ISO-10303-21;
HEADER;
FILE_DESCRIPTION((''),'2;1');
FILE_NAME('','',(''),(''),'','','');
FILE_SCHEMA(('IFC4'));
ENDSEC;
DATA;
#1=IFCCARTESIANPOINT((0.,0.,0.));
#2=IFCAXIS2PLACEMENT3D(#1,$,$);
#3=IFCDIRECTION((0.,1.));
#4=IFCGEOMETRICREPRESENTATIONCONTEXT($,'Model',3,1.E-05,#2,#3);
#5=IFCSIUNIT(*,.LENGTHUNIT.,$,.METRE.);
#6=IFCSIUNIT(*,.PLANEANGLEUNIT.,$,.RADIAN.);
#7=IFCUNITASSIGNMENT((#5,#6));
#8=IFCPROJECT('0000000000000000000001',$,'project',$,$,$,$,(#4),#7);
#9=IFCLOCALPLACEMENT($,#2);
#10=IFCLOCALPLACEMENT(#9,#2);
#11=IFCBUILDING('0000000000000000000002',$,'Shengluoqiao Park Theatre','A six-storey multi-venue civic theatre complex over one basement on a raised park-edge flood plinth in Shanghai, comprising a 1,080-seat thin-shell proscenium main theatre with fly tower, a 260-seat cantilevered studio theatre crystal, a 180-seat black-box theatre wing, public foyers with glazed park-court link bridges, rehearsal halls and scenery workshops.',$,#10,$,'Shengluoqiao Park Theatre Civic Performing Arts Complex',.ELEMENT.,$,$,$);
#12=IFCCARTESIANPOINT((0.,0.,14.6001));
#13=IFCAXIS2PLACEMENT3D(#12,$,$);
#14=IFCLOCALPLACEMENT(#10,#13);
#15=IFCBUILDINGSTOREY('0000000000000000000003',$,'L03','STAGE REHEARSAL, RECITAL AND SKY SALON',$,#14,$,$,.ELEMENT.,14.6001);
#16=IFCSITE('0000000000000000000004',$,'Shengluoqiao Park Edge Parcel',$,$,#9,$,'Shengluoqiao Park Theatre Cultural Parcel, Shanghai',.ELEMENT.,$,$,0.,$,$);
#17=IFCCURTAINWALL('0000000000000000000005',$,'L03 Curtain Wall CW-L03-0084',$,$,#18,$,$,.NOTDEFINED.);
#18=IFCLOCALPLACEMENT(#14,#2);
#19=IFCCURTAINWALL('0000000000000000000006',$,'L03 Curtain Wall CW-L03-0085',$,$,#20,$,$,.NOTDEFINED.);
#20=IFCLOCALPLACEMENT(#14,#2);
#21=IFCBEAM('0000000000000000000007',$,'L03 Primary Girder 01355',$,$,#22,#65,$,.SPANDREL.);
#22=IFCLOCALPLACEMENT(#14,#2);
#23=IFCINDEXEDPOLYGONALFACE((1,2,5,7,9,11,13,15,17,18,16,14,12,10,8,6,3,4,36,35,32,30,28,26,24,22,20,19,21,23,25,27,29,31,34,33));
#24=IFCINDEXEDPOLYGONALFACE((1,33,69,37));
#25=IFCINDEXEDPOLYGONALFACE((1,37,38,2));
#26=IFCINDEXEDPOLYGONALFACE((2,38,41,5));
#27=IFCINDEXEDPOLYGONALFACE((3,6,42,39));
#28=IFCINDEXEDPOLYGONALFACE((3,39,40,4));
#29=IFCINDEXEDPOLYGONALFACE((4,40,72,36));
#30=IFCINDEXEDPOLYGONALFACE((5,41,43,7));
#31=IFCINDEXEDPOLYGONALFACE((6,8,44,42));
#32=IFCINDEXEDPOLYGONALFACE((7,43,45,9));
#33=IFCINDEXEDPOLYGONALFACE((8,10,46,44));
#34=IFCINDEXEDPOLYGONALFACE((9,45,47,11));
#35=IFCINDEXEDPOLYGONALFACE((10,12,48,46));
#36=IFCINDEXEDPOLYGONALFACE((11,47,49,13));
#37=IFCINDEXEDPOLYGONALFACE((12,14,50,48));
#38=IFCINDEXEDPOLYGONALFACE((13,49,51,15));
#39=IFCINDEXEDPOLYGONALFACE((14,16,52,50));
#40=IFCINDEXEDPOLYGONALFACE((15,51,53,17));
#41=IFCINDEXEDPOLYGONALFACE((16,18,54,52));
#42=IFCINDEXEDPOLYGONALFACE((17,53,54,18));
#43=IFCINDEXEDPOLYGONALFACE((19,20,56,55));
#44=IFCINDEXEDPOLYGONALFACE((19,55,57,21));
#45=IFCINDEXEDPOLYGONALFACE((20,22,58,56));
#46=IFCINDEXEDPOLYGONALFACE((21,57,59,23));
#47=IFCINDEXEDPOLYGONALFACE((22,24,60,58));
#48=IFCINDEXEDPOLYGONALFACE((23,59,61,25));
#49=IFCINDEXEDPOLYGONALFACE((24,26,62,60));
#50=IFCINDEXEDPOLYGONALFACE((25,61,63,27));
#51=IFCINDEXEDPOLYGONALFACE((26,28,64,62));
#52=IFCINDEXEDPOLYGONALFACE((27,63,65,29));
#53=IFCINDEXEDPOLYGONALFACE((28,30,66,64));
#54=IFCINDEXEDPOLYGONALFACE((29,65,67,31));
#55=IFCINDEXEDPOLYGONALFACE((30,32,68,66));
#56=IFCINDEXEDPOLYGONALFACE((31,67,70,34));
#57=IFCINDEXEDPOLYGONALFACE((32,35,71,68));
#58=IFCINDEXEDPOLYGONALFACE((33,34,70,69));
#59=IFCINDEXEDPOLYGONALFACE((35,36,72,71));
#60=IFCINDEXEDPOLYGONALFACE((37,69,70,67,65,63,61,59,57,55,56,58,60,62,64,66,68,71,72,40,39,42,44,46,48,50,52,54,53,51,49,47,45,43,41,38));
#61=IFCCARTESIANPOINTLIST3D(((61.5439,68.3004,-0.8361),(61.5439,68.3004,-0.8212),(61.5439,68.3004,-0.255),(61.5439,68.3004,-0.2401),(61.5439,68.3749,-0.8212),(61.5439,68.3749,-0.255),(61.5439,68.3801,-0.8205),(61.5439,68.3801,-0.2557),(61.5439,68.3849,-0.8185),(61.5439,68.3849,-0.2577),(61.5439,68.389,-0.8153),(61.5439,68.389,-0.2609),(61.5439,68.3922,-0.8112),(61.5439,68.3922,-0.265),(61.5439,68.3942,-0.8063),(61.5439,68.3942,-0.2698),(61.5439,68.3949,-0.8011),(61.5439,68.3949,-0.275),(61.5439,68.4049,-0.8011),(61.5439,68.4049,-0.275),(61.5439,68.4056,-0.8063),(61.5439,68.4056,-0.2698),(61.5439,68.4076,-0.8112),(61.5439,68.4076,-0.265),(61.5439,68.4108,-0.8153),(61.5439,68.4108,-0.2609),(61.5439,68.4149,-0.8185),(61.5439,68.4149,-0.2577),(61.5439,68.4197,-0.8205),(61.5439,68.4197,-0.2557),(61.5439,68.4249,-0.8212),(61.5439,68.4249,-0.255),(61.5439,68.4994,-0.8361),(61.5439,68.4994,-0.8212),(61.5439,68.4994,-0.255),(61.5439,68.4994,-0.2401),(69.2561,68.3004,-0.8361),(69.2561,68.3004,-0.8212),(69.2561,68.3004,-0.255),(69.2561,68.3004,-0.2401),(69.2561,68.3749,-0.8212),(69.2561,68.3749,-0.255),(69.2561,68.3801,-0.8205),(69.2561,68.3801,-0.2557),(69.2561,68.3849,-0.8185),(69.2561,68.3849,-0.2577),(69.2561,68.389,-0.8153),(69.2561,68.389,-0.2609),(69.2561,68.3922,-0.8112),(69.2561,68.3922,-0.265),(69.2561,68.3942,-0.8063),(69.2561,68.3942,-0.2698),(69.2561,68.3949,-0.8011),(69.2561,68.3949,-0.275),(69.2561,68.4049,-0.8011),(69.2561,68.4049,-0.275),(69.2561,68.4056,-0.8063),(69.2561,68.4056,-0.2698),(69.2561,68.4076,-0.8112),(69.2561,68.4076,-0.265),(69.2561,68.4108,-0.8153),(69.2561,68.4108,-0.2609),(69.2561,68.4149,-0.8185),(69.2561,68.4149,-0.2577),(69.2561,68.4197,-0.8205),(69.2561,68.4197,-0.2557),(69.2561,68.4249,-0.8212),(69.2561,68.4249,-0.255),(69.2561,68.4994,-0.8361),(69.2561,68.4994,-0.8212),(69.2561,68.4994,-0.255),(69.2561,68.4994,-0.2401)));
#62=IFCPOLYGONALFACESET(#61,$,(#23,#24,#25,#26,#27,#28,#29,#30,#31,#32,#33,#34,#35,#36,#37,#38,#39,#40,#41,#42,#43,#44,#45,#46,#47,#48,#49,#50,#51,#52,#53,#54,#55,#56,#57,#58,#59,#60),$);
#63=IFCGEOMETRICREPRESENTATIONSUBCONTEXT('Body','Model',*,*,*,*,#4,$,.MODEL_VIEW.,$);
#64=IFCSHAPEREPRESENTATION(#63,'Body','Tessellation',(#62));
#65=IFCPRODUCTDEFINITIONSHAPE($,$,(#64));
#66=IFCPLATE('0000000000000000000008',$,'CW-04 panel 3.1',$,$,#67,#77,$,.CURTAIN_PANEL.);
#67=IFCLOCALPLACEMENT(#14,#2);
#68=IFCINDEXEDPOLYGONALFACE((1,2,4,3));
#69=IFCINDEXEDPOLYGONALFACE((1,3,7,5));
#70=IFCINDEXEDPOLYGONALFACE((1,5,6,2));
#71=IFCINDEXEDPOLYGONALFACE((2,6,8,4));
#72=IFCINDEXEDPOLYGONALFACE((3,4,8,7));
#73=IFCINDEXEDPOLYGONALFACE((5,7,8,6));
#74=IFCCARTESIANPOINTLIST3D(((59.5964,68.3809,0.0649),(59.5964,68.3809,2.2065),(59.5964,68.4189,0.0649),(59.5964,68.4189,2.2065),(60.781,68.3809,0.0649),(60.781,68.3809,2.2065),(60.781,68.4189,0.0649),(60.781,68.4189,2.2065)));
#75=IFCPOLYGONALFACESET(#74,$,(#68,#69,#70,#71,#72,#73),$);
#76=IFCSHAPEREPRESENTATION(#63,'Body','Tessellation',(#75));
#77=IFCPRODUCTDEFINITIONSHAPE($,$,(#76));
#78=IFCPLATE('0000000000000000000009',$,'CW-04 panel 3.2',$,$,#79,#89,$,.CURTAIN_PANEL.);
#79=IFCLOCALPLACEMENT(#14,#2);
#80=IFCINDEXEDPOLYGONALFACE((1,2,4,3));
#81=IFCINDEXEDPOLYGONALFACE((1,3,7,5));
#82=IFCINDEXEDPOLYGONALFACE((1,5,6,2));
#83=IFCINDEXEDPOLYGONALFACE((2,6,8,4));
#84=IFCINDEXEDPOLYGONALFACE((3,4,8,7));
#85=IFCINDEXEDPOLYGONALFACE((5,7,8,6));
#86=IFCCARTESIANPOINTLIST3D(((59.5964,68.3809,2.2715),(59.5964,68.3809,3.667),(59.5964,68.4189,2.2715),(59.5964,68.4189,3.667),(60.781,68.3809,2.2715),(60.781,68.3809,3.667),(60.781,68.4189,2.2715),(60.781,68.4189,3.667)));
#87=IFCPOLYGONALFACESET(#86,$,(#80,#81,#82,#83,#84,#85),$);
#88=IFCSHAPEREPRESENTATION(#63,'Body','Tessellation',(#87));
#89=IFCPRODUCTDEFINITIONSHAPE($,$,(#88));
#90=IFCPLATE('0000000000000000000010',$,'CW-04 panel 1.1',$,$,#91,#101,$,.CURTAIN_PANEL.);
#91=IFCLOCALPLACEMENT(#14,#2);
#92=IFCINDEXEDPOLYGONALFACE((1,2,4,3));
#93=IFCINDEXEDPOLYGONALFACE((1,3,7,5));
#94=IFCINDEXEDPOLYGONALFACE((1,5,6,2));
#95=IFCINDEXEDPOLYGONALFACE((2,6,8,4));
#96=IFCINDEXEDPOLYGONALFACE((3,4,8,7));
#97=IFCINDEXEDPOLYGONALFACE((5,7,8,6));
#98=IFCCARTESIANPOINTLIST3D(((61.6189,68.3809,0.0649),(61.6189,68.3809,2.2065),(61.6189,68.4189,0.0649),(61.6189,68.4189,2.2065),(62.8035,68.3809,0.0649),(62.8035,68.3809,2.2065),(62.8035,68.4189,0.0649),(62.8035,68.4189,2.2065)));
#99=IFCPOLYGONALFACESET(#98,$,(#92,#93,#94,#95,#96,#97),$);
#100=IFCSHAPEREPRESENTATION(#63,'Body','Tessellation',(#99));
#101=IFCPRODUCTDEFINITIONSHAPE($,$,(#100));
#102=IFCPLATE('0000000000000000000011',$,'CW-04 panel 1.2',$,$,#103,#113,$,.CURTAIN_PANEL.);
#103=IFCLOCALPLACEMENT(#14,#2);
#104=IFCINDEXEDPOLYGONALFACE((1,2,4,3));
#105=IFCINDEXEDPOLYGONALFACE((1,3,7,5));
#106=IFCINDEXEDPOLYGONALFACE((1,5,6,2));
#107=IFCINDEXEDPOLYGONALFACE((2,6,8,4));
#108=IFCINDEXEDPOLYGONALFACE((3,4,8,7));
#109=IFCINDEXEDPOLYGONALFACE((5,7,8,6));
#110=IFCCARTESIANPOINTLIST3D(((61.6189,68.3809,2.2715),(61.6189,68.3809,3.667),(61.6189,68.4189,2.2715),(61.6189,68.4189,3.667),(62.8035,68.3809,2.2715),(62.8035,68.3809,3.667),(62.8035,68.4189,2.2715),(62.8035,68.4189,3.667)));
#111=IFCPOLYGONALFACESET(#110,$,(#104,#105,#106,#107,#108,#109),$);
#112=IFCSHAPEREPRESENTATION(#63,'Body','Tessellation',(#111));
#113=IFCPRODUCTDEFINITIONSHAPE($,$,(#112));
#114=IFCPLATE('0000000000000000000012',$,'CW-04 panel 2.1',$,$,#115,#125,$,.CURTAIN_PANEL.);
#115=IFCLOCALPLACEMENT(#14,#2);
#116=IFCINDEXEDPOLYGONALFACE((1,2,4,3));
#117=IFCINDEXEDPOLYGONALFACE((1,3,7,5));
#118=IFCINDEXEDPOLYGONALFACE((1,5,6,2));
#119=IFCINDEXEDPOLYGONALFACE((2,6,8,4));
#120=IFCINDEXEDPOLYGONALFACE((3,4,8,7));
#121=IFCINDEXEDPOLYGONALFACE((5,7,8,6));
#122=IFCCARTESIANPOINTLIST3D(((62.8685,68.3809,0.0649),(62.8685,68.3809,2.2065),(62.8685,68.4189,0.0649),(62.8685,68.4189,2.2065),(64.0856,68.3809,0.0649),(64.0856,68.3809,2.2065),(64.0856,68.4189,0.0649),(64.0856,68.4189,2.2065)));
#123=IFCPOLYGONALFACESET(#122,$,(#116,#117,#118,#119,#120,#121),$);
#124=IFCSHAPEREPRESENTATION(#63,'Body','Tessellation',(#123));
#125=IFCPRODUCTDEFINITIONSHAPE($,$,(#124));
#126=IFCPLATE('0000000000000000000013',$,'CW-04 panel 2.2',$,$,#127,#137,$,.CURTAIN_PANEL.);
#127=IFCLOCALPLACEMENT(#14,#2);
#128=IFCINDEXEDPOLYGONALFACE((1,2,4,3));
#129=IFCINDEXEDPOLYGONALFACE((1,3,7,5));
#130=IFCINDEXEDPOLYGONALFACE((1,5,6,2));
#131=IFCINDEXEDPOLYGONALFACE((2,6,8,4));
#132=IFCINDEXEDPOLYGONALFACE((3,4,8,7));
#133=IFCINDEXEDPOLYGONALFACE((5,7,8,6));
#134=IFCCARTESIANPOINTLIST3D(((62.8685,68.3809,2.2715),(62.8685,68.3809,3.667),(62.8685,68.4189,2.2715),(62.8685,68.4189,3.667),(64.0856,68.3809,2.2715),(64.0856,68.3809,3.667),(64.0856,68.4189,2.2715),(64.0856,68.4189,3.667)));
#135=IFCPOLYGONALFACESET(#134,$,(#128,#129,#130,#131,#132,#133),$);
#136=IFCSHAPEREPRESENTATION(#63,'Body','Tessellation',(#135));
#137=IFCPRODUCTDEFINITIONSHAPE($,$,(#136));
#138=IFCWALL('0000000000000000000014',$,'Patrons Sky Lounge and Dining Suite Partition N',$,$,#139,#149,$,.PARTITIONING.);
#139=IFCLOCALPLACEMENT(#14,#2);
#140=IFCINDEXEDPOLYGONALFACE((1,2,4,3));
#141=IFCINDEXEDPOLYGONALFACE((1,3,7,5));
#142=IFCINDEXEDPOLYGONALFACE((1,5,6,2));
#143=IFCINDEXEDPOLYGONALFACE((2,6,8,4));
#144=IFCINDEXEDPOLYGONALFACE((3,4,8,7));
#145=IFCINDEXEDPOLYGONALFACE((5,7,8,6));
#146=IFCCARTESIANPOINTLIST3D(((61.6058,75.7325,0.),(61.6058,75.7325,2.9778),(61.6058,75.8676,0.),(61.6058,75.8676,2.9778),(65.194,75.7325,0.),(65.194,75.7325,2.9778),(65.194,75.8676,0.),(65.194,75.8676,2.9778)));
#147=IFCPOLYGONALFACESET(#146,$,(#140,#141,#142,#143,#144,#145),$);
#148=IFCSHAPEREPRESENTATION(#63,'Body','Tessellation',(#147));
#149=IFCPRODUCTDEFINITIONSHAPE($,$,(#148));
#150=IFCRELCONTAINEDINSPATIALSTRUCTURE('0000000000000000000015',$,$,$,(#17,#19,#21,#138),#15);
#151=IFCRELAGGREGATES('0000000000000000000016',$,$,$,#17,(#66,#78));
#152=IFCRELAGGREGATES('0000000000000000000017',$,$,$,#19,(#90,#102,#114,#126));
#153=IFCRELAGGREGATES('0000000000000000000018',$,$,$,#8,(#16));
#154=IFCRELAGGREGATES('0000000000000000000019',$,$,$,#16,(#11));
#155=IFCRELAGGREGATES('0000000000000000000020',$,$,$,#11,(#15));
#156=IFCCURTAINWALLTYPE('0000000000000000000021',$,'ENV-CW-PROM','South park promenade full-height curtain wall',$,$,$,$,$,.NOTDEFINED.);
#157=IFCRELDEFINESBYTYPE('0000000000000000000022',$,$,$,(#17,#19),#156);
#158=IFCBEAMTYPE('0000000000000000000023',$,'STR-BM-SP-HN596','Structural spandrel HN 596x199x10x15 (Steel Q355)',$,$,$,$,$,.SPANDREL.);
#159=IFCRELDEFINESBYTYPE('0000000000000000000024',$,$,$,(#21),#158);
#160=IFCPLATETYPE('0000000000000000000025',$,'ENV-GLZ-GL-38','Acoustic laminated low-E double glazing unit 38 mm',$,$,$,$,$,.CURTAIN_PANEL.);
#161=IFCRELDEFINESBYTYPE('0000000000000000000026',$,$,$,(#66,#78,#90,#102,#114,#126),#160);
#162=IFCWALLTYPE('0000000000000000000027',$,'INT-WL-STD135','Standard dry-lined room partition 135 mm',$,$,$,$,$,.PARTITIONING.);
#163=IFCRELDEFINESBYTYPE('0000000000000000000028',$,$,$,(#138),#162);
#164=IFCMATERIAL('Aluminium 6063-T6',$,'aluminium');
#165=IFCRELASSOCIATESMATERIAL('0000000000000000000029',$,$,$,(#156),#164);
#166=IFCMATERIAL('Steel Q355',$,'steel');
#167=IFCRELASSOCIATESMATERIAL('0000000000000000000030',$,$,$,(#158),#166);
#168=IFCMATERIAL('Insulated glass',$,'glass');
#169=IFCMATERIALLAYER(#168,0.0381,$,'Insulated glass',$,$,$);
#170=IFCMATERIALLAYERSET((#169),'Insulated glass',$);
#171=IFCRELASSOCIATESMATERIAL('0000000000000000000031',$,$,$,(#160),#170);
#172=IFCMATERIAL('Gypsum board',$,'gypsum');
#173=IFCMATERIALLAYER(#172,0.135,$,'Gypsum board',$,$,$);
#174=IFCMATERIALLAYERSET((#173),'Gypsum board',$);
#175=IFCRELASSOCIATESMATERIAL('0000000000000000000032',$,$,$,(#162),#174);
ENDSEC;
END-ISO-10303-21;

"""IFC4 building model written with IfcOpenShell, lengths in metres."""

from ifc_helpers import new_model, si_unit, direction, frame, frame_2d, origin, origin_2d, place, context, subcontext, project, spatial, rectangle, i_section, extrude, material, layer, layer_set, material_profile, profile_set, type_object, element, aggregate, save


model = new_model("IFC4")

# Units and contexts
model_context = context("Model", 3, precision=1e-05, world=origin(), true_north=direction((0.0, 1.0)))
body_context = subcontext(model_context, "Body", "Model", "MODEL_VIEW")
ifc_project = project(units=[si_unit("LENGTHUNIT", "METRE"), si_unit("PLANEANGLEUNIT", "RADIAN")], contexts=[model_context])

# Site, building, storey
site_placement = place(None, origin())
site = spatial("IfcSite", under=ifc_project, at=site_placement, Name="Shengluoqiao Park Edge Parcel", LongName="Shengluoqiao Park Theatre Cultural Parcel, Shanghai", CompositionType="ELEMENT", RefElevation=0.0)
building_placement = place(site_placement, origin())
building = spatial("IfcBuilding", under=site, at=building_placement, Name="Shengluoqiao Park Theatre", Description="A six-storey multi-venue civic theatre complex over one basement on a raised park-edge flood plinth in Shanghai, comprising a 1,080-seat thin-shell proscenium main theatre with fly tower, a 260-seat cantilevered studio theatre crystal, a 180-seat black-box theatre wing, public foyers with glazed park-court link bridges, rehearsal halls and scenery workshops.", LongName="Shengluoqiao Park Theatre Civic Performing Arts Complex", CompositionType="ELEMENT")
storey_placement = place(building_placement, frame((0.0, 0.0, 14.6001)))
storey = spatial("IfcBuildingStorey", under=building, at=storey_placement, Name="L03", Description="STAGE REHEARSAL, RECITAL AND SKY SALON", CompositionType="ELEMENT", Elevation=14.6001)

# Curtain walls
ifc_material_1 = material(Name="Aluminium 6063-T6", Category="aluminium")
curtain_wall_type = type_object("IfcCurtainWallType", Name="ENV-CW-PROM", Description="South park promenade full-height curtain wall", PredefinedType="NOTDEFINED", material=ifc_material_1)
curtain_wall_1_placement = place(storey_placement, origin())
curtain_wall_1 = element("IfcCurtainWall", 1, at=curtain_wall_1_placement, inside=storey, type_object=curtain_wall_type, Name="L03 Curtain Wall CW-L03-0084", PredefinedType="NOTDEFINED")
curtain_wall_2_placement = place(storey_placement, origin())
curtain_wall_2 = element("IfcCurtainWall", 2, at=curtain_wall_2_placement, inside=storey, type_object=curtain_wall_type, Name="L03 Curtain Wall CW-L03-0085", PredefinedType="NOTDEFINED")

# Beam
ifc_material_2 = material(Name="Steel Q355", Category="steel")
ifc_material_profile_1 = material_profile(ifc_material_2, i_section(OverallWidth=0.199, OverallDepth=0.5959, WebThickness=0.01, FlangeThickness=0.0149, FilletRadius=0.02, at=origin_2d()), Name="HN 596x199x10x15")
ifc_profile_set_1 = profile_set([ifc_material_profile_1], Name="Steel Q355")
beam_type_1 = type_object("IfcBeamType", Name="STR-BM-SP-HN596", Description="Structural spandrel HN 596x199x10x15 (Steel Q355)", PredefinedType="SPANDREL", material=ifc_profile_set_1)
beam_1_placement = place(storey_placement, frame((61.5439, 68.3999, -0.5381), z_axis=(1.0, 0.0, 0.0), x_axis=(0.0, 1.0, 0.0)))
element("IfcBeam", 3, at=beam_1_placement, inside=storey, type_object=beam_type_1, Name="L03 Primary Girder 01355", PredefinedType="SPANDREL", context=body_context, shape_type="SweptSolid", body=[
    extrude(i_section(OverallWidth=0.199, OverallDepth=0.5959, WebThickness=0.01, FlangeThickness=0.0149, FilletRadius=0.02, at=origin_2d()), origin(), (0.0, 0.0, 1.0), 7.7122),
])

# Plates
ifc_material_3 = material(Name="Insulated glass", Category="glass")
ifc_layer_1 = layer(ifc_material_3, 0.0381, Name="Insulated glass")
ifc_layer_set_1 = layer_set([ifc_layer_1], Name="Insulated glass")
plate_type = type_object("IfcPlateType", Name="ENV-GLZ-GL-38", Description="Acoustic laminated low-E double glazing unit 38 mm", PredefinedType="CURTAIN_PANEL", material=ifc_layer_set_1)
plate_1_placement = place(storey_placement, frame((60.1887, 68.3999, 0.0649), z_axis=(0.0, 0.0, 1.0), x_axis=(1.0, 0.0, 0.0)))
plate_1 = element("IfcPlate", 4, at=plate_1_placement, type_object=plate_type, Name="CW-04 panel 3.1", PredefinedType="CURTAIN_PANEL", context=body_context, shape_type="SweptSolid", body=[
    extrude(rectangle(XDim=1.1846, YDim=0.0381, at=origin_2d()), origin(), (0.0, 0.0, 1.0), 2.1416),
])
plate_2_placement = place(storey_placement, frame((60.1887, 68.3999, 2.2715), z_axis=(0.0, 0.0, 1.0), x_axis=(1.0, 0.0, 0.0)))
plate_2 = element("IfcPlate", 5, at=plate_2_placement, type_object=plate_type, Name="CW-04 panel 3.2", PredefinedType="CURTAIN_PANEL", context=body_context, shape_type="SweptSolid", body=[
    extrude(rectangle(XDim=1.1846, YDim=0.0381, at=origin_2d()), origin(), (0.0, 0.0, 1.0), 1.3955),
])
aggregate(curtain_wall_1, [plate_1, plate_2])
plate_3_placement = place(storey_placement, frame((62.2112, 68.3999, 0.0649), z_axis=(0.0, 0.0, 1.0), x_axis=(1.0, 0.0, 0.0)))
plate_3 = element("IfcPlate", 6, at=plate_3_placement, type_object=plate_type, Name="CW-04 panel 1.1", PredefinedType="CURTAIN_PANEL", context=body_context, shape_type="SweptSolid", body=[
    extrude(rectangle(XDim=1.1846, YDim=0.0381, at=origin_2d()), origin(), (0.0, 0.0, 1.0), 2.1416),
])
plate_4_placement = place(storey_placement, frame((62.2112, 68.3999, 2.2715), z_axis=(0.0, 0.0, 1.0), x_axis=(1.0, 0.0, 0.0)))
plate_4 = element("IfcPlate", 7, at=plate_4_placement, type_object=plate_type, Name="CW-04 panel 1.2", PredefinedType="CURTAIN_PANEL", context=body_context, shape_type="SweptSolid", body=[
    extrude(rectangle(XDim=1.1846, YDim=0.0381, at=origin_2d()), origin(), (0.0, 0.0, 1.0), 1.3955),
])
plate_5_placement = place(storey_placement, frame((63.4771, 68.3999, 0.0649), z_axis=(0.0, 0.0, 1.0), x_axis=(1.0, 0.0, 0.0)))
plate_5 = element("IfcPlate", 8, at=plate_5_placement, type_object=plate_type, Name="CW-04 panel 2.1", PredefinedType="CURTAIN_PANEL", context=body_context, shape_type="SweptSolid", body=[
    extrude(rectangle(XDim=1.217, YDim=0.0381, at=origin_2d()), origin(), (0.0, 0.0, 1.0), 2.1416),
])
plate_6_placement = place(storey_placement, frame((63.4771, 68.3999, 2.2715), z_axis=(0.0, 0.0, 1.0), x_axis=(1.0, 0.0, 0.0)))
plate_6 = element("IfcPlate", 9, at=plate_6_placement, type_object=plate_type, Name="CW-04 panel 2.2", PredefinedType="CURTAIN_PANEL", context=body_context, shape_type="SweptSolid", body=[
    extrude(rectangle(XDim=1.217, YDim=0.0381, at=origin_2d()), origin(), (0.0, 0.0, 1.0), 1.3955),
])
aggregate(curtain_wall_2, [plate_3, plate_4, plate_5, plate_6])

# Wall
ifc_material_4 = material(Name="Gypsum board", Category="gypsum")
ifc_layer_2 = layer(ifc_material_4, 0.135, Name="Gypsum board")
ifc_layer_set_2 = layer_set([ifc_layer_2], Name="Gypsum board")
wall_type = type_object("IfcWallType", Name="INT-WL-STD135", Description="Standard dry-lined room partition 135 mm", PredefinedType="PARTITIONING", material=ifc_layer_set_2)
wall_placement = place(storey_placement, frame((61.606, 75.8, 0.0), z_axis=(0.0, 0.0, 1.0), x_axis=(1.0, 0.0, 0.0)))
element("IfcWall", 10, at=wall_placement, inside=storey, type_object=wall_type, Name="Patrons Sky Lounge and Dining Suite Partition N", PredefinedType="PARTITIONING", context=body_context, shape_type="SweptSolid", body=[
    extrude(rectangle(XDim=3.5881, YDim=0.135, at=frame_2d((1.7939, 0.0))), origin(), (0.0, 0.0, 1.0), 2.9778),
])

save(model, "model.ifc")
